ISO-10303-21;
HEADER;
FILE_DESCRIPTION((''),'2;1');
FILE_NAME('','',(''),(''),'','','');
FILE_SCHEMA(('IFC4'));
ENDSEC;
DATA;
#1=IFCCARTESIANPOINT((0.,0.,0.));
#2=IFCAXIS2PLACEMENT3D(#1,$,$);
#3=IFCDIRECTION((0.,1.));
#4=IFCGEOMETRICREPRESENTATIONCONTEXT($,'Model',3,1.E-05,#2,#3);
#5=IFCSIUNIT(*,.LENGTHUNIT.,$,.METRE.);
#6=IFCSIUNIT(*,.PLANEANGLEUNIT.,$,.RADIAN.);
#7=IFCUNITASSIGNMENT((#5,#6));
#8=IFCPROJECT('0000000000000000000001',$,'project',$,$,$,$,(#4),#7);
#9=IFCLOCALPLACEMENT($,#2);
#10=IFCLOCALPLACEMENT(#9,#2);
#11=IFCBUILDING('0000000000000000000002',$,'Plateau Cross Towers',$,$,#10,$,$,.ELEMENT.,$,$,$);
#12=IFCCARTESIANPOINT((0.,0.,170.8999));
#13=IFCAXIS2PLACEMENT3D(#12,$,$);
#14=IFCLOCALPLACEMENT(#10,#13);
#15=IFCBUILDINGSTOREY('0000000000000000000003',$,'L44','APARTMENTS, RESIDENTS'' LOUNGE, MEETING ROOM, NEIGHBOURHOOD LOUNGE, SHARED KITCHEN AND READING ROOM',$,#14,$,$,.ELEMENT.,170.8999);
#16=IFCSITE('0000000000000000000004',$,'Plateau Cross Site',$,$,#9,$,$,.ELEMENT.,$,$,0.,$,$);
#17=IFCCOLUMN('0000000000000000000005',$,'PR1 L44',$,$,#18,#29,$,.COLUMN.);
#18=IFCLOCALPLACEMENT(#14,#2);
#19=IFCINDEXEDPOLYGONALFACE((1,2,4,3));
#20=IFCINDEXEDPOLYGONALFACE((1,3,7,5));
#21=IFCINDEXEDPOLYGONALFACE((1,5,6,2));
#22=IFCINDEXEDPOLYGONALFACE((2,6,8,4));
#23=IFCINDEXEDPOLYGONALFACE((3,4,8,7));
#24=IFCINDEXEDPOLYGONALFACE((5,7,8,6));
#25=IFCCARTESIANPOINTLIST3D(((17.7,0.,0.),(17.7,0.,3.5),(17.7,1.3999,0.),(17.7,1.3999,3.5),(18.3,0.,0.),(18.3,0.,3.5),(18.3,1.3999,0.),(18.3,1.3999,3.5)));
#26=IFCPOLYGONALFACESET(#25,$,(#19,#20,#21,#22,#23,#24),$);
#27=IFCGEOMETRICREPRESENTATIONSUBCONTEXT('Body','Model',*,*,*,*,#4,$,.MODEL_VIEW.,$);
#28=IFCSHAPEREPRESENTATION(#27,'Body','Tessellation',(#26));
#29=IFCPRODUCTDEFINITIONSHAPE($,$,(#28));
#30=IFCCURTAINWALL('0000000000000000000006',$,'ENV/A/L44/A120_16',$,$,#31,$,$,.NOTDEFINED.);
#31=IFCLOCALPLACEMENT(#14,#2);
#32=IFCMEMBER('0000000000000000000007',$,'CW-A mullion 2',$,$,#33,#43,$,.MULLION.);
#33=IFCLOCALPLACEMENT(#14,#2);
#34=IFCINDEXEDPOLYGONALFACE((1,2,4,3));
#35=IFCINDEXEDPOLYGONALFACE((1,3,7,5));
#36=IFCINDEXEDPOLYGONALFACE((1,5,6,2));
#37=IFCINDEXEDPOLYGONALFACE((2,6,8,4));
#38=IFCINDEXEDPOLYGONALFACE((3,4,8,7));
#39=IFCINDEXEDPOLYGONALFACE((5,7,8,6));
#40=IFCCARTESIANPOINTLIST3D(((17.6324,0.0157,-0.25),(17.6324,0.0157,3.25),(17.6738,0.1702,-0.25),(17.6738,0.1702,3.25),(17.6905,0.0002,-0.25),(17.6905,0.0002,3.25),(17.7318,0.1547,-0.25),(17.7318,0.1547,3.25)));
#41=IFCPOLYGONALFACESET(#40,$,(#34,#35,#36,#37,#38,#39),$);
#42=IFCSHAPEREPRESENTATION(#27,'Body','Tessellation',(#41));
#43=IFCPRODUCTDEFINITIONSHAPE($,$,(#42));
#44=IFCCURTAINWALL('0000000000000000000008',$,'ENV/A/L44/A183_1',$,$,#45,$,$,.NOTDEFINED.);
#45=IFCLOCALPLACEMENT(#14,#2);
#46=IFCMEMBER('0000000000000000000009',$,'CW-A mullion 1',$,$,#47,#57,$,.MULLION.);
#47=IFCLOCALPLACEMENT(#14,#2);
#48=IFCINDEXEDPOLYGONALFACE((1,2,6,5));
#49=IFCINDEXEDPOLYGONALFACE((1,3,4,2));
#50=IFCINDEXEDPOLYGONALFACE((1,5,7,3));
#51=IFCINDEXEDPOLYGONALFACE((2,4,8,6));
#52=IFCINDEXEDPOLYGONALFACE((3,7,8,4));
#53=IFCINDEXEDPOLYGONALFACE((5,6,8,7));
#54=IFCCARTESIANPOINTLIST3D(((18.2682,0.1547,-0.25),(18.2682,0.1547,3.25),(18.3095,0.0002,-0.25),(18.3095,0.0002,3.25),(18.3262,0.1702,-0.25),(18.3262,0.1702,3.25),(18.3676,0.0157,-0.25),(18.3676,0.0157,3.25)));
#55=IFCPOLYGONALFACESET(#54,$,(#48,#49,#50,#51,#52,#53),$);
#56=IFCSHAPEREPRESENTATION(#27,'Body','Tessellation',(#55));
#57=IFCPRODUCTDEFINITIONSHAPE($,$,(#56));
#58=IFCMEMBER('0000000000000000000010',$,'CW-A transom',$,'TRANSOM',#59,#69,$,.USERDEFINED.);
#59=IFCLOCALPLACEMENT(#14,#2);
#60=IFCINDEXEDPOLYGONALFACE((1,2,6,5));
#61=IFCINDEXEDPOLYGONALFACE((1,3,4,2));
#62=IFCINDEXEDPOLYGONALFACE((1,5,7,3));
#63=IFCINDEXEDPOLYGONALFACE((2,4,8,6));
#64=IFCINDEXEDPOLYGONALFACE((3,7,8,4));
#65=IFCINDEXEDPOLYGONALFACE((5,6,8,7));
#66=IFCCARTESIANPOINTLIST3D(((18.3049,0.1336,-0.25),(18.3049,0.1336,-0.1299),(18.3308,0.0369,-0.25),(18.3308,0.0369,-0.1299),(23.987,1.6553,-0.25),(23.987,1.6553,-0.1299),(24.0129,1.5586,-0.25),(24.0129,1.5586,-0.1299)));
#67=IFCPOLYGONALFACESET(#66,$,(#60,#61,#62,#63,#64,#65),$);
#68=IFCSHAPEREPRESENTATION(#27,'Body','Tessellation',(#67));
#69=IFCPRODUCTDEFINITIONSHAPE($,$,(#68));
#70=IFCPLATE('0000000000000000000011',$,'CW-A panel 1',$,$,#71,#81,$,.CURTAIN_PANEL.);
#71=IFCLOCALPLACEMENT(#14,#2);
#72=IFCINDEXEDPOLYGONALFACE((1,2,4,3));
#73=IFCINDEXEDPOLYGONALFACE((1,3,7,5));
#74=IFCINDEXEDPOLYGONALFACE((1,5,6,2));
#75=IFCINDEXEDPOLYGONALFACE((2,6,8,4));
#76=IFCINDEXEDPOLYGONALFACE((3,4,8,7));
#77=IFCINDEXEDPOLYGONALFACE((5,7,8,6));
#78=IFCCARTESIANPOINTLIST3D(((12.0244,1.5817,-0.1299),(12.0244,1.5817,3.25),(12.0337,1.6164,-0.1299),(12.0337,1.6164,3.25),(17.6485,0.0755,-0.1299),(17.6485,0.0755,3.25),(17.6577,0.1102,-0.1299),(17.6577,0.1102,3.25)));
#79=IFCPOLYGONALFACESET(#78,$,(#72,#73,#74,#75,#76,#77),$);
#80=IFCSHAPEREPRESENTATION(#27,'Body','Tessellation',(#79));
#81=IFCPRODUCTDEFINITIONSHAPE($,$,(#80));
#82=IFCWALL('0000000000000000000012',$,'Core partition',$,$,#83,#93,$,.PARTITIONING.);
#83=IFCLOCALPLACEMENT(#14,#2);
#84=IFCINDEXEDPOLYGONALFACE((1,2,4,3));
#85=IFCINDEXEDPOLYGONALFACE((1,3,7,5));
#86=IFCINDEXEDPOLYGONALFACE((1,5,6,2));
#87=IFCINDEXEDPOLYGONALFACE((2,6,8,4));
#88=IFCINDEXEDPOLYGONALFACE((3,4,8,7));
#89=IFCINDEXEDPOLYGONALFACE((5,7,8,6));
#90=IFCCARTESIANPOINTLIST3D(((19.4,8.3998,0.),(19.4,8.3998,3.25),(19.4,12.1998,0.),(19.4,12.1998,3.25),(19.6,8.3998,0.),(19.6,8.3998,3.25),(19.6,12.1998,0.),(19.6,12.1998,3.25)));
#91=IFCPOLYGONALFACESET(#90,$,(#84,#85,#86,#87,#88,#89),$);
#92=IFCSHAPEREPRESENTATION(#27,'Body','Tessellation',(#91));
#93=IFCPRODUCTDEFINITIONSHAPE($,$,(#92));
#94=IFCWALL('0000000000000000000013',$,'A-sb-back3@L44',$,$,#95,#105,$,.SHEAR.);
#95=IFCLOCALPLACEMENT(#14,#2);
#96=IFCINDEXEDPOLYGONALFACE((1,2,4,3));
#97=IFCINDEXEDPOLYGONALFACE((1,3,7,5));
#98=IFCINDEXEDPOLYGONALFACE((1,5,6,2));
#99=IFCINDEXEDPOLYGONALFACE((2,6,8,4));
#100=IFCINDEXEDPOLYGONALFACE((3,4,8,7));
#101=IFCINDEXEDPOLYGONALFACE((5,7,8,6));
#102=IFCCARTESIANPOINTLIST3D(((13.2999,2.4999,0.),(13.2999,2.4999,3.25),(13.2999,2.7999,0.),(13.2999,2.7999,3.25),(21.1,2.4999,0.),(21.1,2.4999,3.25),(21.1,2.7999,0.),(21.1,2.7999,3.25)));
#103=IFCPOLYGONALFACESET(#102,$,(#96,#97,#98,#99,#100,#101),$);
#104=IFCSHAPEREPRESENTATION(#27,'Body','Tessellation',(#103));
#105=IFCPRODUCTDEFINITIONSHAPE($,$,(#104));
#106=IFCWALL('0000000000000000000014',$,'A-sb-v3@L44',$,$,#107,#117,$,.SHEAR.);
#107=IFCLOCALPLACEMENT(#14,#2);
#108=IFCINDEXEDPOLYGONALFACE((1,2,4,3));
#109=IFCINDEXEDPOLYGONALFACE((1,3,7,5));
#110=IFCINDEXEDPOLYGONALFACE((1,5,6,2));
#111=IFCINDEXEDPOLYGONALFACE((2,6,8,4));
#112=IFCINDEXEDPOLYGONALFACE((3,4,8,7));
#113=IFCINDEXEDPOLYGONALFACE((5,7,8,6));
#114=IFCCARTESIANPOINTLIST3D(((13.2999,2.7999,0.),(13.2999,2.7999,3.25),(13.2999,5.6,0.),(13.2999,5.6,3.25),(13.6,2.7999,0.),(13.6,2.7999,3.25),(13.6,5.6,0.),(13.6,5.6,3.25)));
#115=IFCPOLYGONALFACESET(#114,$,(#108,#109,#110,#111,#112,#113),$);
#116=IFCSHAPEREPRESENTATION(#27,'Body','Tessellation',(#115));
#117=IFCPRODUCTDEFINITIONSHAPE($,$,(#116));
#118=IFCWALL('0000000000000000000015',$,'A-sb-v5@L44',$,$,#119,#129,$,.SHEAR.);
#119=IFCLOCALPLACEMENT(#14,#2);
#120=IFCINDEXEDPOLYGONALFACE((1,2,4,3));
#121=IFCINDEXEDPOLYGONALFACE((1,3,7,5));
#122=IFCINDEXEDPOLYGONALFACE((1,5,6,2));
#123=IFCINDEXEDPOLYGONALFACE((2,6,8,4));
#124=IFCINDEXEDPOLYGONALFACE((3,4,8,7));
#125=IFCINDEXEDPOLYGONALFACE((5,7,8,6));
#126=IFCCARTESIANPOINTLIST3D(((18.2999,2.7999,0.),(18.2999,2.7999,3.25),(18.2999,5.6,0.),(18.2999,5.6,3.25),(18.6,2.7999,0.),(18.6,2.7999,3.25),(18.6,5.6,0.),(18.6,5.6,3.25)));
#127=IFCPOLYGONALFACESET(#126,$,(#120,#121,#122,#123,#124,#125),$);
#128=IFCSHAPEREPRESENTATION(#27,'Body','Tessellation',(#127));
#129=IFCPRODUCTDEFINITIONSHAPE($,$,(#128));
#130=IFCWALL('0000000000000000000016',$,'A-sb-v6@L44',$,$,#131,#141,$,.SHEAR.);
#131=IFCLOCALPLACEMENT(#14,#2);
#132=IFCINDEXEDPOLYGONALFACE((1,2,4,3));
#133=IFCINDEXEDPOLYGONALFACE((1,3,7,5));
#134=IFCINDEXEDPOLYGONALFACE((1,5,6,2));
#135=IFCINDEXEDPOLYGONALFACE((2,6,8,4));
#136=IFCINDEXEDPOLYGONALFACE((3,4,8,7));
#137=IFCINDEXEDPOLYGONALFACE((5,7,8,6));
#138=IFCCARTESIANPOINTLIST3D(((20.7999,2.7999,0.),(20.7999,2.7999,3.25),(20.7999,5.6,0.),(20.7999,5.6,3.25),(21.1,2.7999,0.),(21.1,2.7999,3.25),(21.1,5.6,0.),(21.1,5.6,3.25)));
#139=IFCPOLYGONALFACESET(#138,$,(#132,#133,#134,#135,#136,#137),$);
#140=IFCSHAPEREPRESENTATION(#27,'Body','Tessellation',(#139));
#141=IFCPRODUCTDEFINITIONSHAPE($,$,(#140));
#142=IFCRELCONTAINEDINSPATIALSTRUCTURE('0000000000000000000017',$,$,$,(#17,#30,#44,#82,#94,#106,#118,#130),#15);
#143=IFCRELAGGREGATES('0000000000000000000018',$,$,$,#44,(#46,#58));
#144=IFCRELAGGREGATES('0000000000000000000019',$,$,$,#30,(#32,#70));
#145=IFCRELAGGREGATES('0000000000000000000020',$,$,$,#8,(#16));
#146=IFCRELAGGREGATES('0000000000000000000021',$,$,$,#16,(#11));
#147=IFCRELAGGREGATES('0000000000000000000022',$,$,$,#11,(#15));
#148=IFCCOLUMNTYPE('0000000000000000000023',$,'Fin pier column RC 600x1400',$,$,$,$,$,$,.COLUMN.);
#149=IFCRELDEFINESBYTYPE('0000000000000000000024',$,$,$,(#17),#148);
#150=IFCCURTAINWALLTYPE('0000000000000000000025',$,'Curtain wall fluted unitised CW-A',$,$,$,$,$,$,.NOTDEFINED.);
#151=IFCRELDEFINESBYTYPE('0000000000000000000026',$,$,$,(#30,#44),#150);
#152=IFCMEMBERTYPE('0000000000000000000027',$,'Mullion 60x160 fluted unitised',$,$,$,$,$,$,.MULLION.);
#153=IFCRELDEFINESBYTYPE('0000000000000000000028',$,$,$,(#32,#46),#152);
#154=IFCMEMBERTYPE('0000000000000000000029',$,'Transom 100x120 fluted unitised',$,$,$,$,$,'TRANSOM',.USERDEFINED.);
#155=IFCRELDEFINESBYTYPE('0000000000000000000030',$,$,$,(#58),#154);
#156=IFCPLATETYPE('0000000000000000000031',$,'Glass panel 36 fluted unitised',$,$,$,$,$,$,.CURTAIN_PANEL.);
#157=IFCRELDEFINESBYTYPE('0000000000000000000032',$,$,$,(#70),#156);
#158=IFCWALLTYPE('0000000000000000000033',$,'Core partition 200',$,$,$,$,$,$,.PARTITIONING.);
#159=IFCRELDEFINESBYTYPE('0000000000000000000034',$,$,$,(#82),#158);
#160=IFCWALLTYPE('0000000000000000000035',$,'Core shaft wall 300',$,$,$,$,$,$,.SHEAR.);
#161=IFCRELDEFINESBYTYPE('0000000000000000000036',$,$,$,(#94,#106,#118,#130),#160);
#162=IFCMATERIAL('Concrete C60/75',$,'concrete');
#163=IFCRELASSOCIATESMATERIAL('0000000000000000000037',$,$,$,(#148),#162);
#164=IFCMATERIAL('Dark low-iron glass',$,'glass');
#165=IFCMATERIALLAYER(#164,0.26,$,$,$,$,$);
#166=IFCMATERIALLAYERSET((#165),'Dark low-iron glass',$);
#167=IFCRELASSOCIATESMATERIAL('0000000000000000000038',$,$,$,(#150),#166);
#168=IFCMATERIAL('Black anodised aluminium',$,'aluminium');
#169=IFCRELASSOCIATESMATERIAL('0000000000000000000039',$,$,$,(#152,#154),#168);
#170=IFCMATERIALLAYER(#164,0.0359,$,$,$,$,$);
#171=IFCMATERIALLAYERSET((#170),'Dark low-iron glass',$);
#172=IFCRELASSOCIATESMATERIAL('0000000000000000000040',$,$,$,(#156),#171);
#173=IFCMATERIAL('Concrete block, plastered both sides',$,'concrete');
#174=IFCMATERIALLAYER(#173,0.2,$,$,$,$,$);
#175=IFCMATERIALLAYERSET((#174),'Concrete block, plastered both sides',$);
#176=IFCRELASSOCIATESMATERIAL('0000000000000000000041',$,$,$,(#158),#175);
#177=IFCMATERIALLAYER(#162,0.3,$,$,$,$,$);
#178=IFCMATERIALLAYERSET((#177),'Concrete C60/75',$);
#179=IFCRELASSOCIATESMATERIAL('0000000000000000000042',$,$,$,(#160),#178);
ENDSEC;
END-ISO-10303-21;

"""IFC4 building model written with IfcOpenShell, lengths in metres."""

from ifc_helpers import new_model, si_unit, direction, frame, frame_2d, origin, origin_2d, place, context, subcontext, project, spatial, rectangle, extrude, material, layer, layer_set, material_profile, profile_set, type_object, element, aggregate, save


model = new_model("IFC4")

# Units and contexts
model_context = context("Model", 3, precision=1e-05, world=origin(), true_north=direction((0.0, 1.0)))
body_context = subcontext(model_context, "Body", "Model", "MODEL_VIEW")
ifc_project = project(units=[si_unit("LENGTHUNIT", "METRE"), si_unit("PLANEANGLEUNIT", "RADIAN")], contexts=[model_context])

# Site, building, storey
site_placement = place(None, origin())
site = spatial("IfcSite", under=ifc_project, at=site_placement, Name="Plateau Cross Site", CompositionType="ELEMENT", RefElevation=0.0)
building_placement = place(site_placement, origin())
building = spatial("IfcBuilding", under=site, at=building_placement, Name="Plateau Cross Towers", CompositionType="ELEMENT")
storey_placement = place(building_placement, frame((0.0, 0.0, 170.8999)))
storey = spatial("IfcBuildingStorey", under=building, at=storey_placement, Name="L44", Description="APARTMENTS, RESIDENTS' LOUNGE, MEETING ROOM, NEIGHBOURHOOD LOUNGE, SHARED KITCHEN AND READING ROOM", CompositionType="ELEMENT", Elevation=170.8999)

# Column
ifc_material_1 = material(Name="Concrete C60/75", Category="concrete")
ifc_material_profile_1 = material_profile(ifc_material_1, rectangle(XDim=0.6001, YDim=1.3999, at=origin_2d()), Name="RC 600x1400")
ifc_profile_set_1 = profile_set([ifc_material_profile_1], Name="Concrete C60/75")
column_type = type_object("IfcColumnType", Name="Fin pier column RC 600x1400", PredefinedType="COLUMN", material=ifc_profile_set_1)
column_placement = place(storey_placement, frame((18.0, 0.7, 0.0), z_axis=(0.0, 0.0, 1.0), x_axis=(1.0, 0.0, 0.0)))
element("IfcColumn", 1, at=column_placement, inside=storey, type_object=column_type, Name="PR1 L44", PredefinedType="COLUMN", context=body_context, shape_type="SweptSolid", body=[
    extrude(rectangle(XDim=0.6001, YDim=1.3999, at=origin_2d()), origin(), (0.0, 0.0, 1.0), 3.5),
])

# Curtain wall, member
ifc_material_2 = material(Name="Dark low-iron glass", Category="glass")
ifc_layer_1 = layer(ifc_material_2, 0.26)
ifc_layer_set_1 = layer_set([ifc_layer_1], Name="Dark low-iron glass")
curtain_wall_type = type_object("IfcCurtainWallType", Name="Curtain wall fluted unitised CW-A", PredefinedType="NOTDEFINED", material=ifc_layer_set_1)
curtain_wall_1_placement = place(storey_placement, origin())
curtain_wall_1 = element("IfcCurtainWall", 2, at=curtain_wall_1_placement, inside=storey, type_object=curtain_wall_type, Name="ENV/A/L44/A120_16", PredefinedType="NOTDEFINED")
ifc_material_3 = material(Name="Black anodised aluminium", Category="aluminium")
ifc_material_profile_2 = material_profile(ifc_material_3, rectangle(XDim=0.0601, YDim=0.1599, at=origin_2d()), Name="MULLION 60x160")
ifc_profile_set_2 = profile_set([ifc_material_profile_2], Name="Black anodised aluminium")
member_type_1 = type_object("IfcMemberType", Name="Mullion 60x160 fluted unitised", PredefinedType="MULLION", material=ifc_profile_set_2)
member_1_placement = place(storey_placement, frame((17.6821, 0.0852, -0.25), z_axis=(0.0, 0.0, 1.0), x_axis=(0.965958, -0.258699, 0.0)))
member_1 = element("IfcMember", 3, at=member_1_placement, type_object=member_type_1, Name="CW-A mullion 2", PredefinedType="MULLION", context=body_context, shape_type="SweptSolid", body=[
    extrude(rectangle(XDim=0.0601, YDim=0.1599, at=origin_2d()), origin(), (0.0, 0.0, 1.0), 3.5),
])

# Curtain wall, members
curtain_wall_2_placement = place(storey_placement, origin())
curtain_wall_2 = element("IfcCurtainWall", 4, at=curtain_wall_2_placement, inside=storey, type_object=curtain_wall_type, Name="ENV/A/L44/A183_1", PredefinedType="NOTDEFINED")
member_2_placement = place(storey_placement, frame((18.3179, 0.0852, -0.25), z_axis=(0.0, 0.0, 1.0), x_axis=(0.965958, 0.258699, 0.0)))
member_2 = element("IfcMember", 5, at=member_2_placement, type_object=member_type_1, Name="CW-A mullion 1", PredefinedType="MULLION", context=body_context, shape_type="SweptSolid", body=[
    extrude(rectangle(XDim=0.0601, YDim=0.1599, at=origin_2d()), origin(), (0.0, 0.0, 1.0), 3.5),
])
ifc_material_profile_3 = material_profile(ifc_material_3, rectangle(XDim=0.1001, YDim=0.1201, at=origin_2d()), Name="TRANSOM 100x120")
ifc_profile_set_3 = profile_set([ifc_material_profile_3], Name="Black anodised aluminium")
member_type_2 = type_object("IfcMemberType", Name="Transom 100x120 fluted unitised", ElementType="TRANSOM", PredefinedType="USERDEFINED", material=ifc_profile_set_3)
member_3_placement = place(storey_placement, frame((18.3179, 0.0852, -0.1899), z_axis=(0.96596, 0.258693, 0.0), x_axis=(-0.258693, 0.96596, 0.0)))
member_3 = element("IfcMember", 6, at=member_3_placement, type_object=member_type_2, Name="CW-A transom", ObjectType="TRANSOM", PredefinedType="USERDEFINED", context=body_context, shape_type="SweptSolid", body=[
    extrude(rectangle(XDim=0.1001, YDim=0.1201, at=origin_2d()), origin(), (0.0, 0.0, 1.0), 5.8823),
])
aggregate(curtain_wall_2, [member_2, member_3])

# Plate
ifc_layer_2 = layer(ifc_material_2, 0.0359)
ifc_layer_set_2 = layer_set([ifc_layer_2], Name="Dark low-iron glass")
plate_type = type_object("IfcPlateType", Name="Glass panel 36 fluted unitised", PredefinedType="CURTAIN_PANEL", material=ifc_layer_set_2)
plate_placement = place(storey_placement, frame((14.8411, 0.8459, -0.1299), z_axis=(0.0, 0.0, 1.0), x_axis=(0.965958, -0.258699, 0.0)))
plate = element("IfcPlate", 7, at=plate_placement, type_object=plate_type, Name="CW-A panel 1", PredefinedType="CURTAIN_PANEL", context=body_context, shape_type="SweptSolid", body=[
    extrude(rectangle(XDim=5.8223, YDim=0.0359, at=origin_2d()), origin(), (0.0, 0.0, 1.0), 3.3799),
])
aggregate(curtain_wall_1, [member_1, plate])

# Walls
ifc_material_4 = material(Name="Concrete block, plastered both sides", Category="concrete")
ifc_layer_3 = layer(ifc_material_4, 0.2)
ifc_layer_set_3 = layer_set([ifc_layer_3], Name="Concrete block, plastered both sides")
wall_type_1 = type_object("IfcWallType", Name="Core partition 200", PredefinedType="PARTITIONING", material=ifc_layer_set_3)
wall_1_placement = place(storey_placement, frame((19.5, 8.3999, 0.0), z_axis=(0.0, 0.0, 1.0), x_axis=(0.0, 1.0, 0.0)))
element("IfcWall", 8, at=wall_1_placement, inside=storey, type_object=wall_type_1, Name="Core partition", PredefinedType="PARTITIONING", context=body_context, shape_type="SweptSolid", body=[
    extrude(rectangle(XDim=3.8, YDim=0.2, at=frame_2d((1.8999, 0.0))), origin(), (0.0, 0.0, 1.0), 3.25),
])
ifc_layer_4 = layer(ifc_material_1, 0.3)
ifc_layer_set_4 = layer_set([ifc_layer_4], Name="Concrete C60/75")
wall_type_2 = type_object("IfcWallType", Name="Core shaft wall 300", PredefinedType="SHEAR", material=ifc_layer_set_4)
wall_2_placement = place(storey_placement, frame((13.3, 2.6499, 0.0), z_axis=(0.0, 0.0, 1.0), x_axis=(1.0, 0.0, 0.0)))
element("IfcWall", 9, at=wall_2_placement, inside=storey, type_object=wall_type_2, Name="A-sb-back3@L44", PredefinedType="SHEAR", context=body_context, shape_type="SweptSolid", body=[
    extrude(rectangle(XDim=7.8, YDim=0.3, at=frame_2d((3.8999, 0.0))), origin(), (0.0, 0.0, 1.0), 3.25),
])
for number, where, z_axis, x_axis, name in (
    (10, (13.45, 2.8, 0.0), (0.0, 0.0, 1.0), (0.0, 1.0, 0.0), "A-sb-v3@L44"),
    (11, (18.45, 2.8, 0.0), (0.0, 0.0, 1.0), (0.0, 1.0, 0.0), "A-sb-v5@L44"),
    (12, (20.95, 2.8, 0.0), (0.0, 0.0, 1.0), (0.0, 1.0, 0.0), "A-sb-v6@L44"),
):
    element("IfcWall", number, at=place(storey_placement, frame(where, z_axis=z_axis, x_axis=x_axis)), inside=storey, type_object=wall_type_2, Name=name, PredefinedType="SHEAR", context=body_context, shape_type="SweptSolid", body=[
        extrude(rectangle(XDim=2.8, YDim=0.3, at=frame_2d((1.3999, 0.0))), origin(), (0.0, 0.0, 1.0), 3.25),
    ])

save(model, "model.ifc")
